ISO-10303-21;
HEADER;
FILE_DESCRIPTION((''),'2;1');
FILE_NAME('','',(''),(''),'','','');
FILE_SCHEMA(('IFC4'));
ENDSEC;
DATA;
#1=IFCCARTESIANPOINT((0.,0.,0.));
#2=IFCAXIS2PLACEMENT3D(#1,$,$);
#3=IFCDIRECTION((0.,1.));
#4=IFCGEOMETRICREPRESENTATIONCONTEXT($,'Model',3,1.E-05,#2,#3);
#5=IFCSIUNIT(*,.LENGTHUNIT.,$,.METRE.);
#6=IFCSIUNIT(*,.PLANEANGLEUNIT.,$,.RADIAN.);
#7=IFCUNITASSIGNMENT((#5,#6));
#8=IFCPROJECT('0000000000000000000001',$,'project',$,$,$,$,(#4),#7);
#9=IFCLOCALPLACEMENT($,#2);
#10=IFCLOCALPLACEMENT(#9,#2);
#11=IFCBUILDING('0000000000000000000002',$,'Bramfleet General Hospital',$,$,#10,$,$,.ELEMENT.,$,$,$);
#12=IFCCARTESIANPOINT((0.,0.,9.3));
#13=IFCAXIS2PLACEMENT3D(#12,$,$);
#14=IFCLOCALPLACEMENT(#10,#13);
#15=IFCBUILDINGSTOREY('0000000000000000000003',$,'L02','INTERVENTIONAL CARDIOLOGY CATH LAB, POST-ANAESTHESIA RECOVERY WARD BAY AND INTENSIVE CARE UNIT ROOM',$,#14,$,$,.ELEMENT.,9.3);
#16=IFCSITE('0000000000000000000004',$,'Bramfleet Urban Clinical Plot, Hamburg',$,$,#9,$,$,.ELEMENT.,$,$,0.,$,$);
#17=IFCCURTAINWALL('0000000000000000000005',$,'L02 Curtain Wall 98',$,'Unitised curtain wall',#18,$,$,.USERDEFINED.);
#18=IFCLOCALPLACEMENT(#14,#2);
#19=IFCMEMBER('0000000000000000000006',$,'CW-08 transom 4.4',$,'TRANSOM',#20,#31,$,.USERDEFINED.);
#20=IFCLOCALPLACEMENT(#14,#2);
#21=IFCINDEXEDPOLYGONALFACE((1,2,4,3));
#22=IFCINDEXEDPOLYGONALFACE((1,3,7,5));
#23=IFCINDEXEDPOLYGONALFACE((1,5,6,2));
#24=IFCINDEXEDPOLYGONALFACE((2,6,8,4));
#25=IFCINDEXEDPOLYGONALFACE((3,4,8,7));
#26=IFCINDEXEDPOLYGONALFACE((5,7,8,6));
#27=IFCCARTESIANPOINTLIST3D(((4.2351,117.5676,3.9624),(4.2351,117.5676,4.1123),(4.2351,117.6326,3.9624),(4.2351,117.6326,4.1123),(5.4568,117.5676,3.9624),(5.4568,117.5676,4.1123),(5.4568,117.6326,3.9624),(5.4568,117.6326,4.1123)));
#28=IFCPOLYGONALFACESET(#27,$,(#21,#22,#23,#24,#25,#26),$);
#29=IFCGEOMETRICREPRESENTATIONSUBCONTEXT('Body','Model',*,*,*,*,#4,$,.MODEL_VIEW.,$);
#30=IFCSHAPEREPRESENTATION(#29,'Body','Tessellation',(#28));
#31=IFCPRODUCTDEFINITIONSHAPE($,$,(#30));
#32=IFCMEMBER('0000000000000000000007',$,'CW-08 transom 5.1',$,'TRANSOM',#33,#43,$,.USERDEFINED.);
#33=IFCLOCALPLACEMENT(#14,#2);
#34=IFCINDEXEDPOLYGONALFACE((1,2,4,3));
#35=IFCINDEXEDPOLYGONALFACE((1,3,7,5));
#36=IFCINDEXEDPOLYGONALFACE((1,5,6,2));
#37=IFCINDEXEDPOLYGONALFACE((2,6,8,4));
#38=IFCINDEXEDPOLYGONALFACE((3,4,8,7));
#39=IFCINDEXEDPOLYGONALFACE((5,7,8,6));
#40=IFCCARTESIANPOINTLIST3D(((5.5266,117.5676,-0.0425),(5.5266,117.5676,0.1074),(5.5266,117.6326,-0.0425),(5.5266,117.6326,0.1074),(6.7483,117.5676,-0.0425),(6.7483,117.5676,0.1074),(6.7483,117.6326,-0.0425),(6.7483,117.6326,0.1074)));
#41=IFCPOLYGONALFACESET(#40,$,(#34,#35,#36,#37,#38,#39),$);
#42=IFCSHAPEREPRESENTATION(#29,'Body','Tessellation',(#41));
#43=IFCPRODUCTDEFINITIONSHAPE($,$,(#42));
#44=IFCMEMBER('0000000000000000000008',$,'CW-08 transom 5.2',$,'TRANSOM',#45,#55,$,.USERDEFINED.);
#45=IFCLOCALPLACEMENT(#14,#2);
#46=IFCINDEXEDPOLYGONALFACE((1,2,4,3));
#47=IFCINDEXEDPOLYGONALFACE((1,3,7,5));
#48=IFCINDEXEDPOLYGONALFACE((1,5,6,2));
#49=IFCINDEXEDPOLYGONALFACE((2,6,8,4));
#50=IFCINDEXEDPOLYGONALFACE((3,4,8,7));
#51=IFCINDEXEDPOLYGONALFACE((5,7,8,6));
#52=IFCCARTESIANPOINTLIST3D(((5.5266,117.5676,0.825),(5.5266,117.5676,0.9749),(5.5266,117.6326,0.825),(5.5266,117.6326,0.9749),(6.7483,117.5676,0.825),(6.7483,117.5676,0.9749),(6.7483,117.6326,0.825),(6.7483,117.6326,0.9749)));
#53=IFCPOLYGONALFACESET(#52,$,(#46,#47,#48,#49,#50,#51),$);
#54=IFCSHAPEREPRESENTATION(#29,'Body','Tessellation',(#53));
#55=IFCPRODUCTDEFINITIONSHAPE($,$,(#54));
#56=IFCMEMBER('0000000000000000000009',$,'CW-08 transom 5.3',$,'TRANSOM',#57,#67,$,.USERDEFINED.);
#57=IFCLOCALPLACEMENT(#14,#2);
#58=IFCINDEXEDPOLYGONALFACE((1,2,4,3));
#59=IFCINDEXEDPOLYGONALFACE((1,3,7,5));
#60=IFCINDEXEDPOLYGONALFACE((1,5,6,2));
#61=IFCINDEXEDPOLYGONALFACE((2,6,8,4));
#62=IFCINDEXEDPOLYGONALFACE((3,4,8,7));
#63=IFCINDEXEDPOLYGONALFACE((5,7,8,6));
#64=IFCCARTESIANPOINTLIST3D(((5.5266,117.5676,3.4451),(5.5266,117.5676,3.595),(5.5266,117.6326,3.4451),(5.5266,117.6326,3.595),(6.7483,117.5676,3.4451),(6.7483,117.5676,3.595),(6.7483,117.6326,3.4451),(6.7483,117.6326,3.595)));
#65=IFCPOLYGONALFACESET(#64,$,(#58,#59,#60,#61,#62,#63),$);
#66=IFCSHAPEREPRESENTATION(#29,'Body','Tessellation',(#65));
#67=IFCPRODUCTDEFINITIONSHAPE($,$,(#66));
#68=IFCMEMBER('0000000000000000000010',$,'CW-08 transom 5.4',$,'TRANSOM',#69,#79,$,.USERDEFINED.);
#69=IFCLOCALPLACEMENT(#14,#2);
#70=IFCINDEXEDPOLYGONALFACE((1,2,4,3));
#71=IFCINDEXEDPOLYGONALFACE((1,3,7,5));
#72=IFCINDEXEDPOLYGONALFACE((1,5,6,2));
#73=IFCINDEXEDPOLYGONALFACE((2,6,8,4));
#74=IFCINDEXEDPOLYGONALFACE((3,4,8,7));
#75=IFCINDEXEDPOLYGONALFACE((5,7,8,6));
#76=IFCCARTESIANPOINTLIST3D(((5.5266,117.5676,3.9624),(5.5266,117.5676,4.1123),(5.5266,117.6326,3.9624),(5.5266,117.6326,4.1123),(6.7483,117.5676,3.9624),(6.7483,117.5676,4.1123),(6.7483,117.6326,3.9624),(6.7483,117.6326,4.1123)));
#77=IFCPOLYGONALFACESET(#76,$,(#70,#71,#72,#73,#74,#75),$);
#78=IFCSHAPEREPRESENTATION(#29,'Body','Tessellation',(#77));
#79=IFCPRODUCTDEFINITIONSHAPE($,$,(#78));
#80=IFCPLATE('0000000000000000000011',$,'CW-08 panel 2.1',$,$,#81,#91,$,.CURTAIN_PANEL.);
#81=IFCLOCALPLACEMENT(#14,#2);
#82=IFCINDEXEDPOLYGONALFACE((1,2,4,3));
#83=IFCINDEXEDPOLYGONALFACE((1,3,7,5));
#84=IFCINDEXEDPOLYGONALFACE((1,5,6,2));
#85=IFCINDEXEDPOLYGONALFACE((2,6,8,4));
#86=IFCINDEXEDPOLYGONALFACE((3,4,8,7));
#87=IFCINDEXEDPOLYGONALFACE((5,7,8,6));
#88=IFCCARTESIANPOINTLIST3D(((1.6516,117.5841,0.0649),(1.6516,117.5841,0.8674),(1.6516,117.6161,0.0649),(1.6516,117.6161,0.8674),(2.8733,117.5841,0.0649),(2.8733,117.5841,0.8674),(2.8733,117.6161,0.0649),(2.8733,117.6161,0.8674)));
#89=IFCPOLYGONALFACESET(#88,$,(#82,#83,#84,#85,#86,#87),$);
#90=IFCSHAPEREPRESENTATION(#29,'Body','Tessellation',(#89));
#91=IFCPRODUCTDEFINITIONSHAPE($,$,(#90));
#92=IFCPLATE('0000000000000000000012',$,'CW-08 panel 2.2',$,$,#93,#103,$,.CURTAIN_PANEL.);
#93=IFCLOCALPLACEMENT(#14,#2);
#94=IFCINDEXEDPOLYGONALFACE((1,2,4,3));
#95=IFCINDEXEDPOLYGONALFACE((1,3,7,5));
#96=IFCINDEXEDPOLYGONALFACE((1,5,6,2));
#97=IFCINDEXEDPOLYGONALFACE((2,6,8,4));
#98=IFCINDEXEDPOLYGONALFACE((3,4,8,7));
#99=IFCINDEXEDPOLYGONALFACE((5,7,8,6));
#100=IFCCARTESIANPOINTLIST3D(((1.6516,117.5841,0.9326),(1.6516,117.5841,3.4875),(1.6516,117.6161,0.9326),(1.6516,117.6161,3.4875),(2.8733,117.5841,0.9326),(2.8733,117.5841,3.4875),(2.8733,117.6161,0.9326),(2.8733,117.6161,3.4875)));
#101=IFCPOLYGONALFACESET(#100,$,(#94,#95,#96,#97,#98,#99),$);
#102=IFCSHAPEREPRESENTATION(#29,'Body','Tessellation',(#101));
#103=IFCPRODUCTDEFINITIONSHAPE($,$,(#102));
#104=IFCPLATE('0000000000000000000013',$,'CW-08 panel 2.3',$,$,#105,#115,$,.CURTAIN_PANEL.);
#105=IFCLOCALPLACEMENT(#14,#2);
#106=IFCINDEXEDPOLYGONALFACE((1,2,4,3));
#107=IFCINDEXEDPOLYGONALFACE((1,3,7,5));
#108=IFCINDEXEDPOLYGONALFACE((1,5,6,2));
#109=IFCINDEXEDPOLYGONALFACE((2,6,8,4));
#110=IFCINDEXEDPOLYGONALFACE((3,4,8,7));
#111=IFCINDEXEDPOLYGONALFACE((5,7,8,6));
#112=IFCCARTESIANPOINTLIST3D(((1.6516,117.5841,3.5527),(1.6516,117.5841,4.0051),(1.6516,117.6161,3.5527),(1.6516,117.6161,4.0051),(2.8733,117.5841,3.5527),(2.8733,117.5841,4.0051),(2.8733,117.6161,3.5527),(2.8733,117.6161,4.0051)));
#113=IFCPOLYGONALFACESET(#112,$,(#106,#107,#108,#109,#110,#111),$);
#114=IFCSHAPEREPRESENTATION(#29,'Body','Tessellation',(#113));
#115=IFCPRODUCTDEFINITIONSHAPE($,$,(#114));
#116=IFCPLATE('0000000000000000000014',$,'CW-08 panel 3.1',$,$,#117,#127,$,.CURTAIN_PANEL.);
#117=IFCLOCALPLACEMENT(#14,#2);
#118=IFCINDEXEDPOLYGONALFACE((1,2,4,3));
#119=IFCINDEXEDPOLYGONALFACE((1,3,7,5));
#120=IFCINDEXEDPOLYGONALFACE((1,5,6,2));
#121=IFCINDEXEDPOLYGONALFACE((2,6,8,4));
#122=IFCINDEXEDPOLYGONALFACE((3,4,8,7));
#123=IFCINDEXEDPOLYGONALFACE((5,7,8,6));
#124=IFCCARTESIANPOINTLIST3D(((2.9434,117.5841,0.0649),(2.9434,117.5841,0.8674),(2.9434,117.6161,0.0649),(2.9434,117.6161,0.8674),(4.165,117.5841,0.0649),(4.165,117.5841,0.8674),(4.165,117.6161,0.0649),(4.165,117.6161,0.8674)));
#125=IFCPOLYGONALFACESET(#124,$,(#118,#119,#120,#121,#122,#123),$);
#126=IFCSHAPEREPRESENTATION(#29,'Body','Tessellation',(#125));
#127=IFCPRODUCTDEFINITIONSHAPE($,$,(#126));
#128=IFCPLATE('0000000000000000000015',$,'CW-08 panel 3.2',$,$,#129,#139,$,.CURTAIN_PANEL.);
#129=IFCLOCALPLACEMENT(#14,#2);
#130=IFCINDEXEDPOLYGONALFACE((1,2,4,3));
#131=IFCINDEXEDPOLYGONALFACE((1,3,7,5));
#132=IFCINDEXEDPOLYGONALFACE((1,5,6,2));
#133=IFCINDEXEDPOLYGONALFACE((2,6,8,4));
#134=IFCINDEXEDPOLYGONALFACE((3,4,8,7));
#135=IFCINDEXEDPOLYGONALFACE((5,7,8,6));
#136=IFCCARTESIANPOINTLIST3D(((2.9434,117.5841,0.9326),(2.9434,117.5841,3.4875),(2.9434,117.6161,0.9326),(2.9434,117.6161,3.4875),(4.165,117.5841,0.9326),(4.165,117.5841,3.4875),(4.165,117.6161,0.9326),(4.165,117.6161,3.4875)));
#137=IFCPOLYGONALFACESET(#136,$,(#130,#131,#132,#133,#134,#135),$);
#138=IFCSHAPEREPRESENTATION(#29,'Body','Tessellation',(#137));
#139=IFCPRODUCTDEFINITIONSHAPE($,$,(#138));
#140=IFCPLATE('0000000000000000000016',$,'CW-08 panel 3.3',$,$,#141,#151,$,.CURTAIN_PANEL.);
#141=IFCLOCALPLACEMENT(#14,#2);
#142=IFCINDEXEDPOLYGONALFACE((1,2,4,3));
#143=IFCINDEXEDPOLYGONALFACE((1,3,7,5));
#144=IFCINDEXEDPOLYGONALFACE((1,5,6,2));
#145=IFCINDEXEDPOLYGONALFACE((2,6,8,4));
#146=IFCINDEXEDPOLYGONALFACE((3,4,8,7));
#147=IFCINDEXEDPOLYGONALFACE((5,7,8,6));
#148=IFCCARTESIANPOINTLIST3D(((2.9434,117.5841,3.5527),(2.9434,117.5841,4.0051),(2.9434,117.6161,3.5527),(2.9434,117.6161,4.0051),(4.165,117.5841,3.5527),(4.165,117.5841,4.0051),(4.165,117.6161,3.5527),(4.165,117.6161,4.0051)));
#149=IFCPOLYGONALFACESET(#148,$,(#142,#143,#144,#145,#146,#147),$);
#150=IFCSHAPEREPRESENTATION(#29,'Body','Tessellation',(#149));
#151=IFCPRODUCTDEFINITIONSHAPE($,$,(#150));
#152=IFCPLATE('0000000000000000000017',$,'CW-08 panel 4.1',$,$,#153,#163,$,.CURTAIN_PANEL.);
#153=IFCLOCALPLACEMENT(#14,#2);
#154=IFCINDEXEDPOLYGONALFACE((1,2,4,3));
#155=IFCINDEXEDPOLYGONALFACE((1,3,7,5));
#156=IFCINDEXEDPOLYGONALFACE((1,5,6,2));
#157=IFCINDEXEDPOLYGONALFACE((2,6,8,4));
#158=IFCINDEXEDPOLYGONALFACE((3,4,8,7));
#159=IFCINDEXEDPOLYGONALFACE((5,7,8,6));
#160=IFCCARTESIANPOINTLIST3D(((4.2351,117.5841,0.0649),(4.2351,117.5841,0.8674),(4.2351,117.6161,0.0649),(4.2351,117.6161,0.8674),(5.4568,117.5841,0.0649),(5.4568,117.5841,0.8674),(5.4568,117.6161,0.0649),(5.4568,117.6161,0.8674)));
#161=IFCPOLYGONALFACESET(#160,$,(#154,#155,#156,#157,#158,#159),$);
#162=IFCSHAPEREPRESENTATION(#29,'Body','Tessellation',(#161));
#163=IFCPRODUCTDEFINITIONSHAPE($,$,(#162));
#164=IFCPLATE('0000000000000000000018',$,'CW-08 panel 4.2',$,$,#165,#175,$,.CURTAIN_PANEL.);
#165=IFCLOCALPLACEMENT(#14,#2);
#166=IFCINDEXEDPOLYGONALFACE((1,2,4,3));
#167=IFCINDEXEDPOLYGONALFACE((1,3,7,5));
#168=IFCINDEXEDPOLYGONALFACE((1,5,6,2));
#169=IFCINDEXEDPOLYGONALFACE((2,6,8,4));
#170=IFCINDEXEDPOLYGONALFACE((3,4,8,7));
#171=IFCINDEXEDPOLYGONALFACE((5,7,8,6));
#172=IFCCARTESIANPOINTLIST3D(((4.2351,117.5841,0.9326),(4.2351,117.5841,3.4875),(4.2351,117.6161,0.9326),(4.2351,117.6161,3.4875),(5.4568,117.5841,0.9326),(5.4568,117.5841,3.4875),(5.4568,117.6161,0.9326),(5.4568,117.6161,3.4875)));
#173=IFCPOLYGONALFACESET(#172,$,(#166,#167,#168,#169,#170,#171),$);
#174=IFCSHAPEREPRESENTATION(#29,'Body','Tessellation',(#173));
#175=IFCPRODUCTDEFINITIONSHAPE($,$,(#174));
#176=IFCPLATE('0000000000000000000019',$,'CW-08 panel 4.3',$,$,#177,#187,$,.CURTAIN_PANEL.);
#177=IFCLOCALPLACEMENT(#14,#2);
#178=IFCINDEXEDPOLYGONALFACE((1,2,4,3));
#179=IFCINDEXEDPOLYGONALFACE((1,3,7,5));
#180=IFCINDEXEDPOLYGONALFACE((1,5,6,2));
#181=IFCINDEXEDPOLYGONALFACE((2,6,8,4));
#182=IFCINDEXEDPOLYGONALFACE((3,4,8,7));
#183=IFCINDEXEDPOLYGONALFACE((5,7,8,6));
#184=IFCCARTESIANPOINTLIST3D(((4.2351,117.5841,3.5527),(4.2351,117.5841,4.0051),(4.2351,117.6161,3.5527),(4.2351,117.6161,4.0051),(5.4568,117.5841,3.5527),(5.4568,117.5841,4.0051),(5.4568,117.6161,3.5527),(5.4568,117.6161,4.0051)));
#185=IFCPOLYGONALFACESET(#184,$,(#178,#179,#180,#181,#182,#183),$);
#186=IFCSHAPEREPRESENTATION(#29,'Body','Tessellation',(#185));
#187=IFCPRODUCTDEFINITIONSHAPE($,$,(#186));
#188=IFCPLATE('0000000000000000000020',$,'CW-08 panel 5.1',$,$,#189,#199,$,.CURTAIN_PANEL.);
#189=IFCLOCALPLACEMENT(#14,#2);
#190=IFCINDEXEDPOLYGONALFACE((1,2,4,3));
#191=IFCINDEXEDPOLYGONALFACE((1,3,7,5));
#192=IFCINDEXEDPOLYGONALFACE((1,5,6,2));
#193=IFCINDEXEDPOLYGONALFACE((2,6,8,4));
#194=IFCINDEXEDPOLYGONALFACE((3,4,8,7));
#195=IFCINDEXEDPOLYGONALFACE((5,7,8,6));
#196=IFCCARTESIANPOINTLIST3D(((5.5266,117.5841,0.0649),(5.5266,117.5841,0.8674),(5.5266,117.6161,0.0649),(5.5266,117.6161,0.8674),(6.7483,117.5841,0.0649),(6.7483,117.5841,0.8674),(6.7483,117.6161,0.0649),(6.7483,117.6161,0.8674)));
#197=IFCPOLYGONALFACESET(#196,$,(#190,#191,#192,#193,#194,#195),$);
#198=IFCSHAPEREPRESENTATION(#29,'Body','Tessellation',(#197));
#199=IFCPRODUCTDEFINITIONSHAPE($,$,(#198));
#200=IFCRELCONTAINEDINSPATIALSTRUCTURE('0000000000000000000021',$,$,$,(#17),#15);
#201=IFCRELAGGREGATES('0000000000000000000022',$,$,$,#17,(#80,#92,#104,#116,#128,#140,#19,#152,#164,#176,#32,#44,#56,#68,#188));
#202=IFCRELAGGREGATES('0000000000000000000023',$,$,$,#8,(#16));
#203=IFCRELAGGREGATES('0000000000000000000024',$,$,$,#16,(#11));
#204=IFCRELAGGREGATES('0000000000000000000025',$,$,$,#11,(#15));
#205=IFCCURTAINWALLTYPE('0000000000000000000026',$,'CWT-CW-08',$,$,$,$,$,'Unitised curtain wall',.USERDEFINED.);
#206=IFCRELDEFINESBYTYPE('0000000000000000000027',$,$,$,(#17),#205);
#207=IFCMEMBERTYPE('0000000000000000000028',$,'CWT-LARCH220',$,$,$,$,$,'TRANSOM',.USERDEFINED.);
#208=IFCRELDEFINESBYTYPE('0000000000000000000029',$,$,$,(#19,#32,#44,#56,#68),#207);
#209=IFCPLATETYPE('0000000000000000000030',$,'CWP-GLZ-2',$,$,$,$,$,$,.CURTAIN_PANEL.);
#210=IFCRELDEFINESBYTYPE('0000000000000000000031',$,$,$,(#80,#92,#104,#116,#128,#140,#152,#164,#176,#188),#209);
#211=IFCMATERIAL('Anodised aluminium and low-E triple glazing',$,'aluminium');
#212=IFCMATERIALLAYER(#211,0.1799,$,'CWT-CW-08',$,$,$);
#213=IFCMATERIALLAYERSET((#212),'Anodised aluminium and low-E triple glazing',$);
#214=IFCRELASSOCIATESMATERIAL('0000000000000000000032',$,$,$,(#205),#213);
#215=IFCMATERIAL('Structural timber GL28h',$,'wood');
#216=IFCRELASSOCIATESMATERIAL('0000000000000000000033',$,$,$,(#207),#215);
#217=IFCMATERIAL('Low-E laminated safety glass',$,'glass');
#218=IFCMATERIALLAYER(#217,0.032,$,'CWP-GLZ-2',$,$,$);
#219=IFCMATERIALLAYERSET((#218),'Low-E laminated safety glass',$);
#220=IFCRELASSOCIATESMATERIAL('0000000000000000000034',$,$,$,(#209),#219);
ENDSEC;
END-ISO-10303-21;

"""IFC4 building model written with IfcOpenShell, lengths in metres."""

from ifc_helpers import new_model, si_unit, direction, frame, origin, origin_2d, place, context, subcontext, project, spatial, rectangle, extrude, material, layer, layer_set, material_profile, profile_set, type_object, element, aggregate, save


model = new_model("IFC4")

# Units and contexts
model_context = context("Model", 3, precision=1e-05, world=origin(), true_north=direction((0.0, 1.0)))
body_context = subcontext(model_context, "Body", "Model", "MODEL_VIEW")
ifc_project = project(units=[si_unit("LENGTHUNIT", "METRE"), si_unit("PLANEANGLEUNIT", "RADIAN")], contexts=[model_context])

# Site, building, storey
site_placement = place(None, origin())
site = spatial("IfcSite", under=ifc_project, at=site_placement, Name="Bramfleet Urban Clinical Plot, Hamburg", CompositionType="ELEMENT", RefElevation=0.0)
building_placement = place(site_placement, origin())
building = spatial("IfcBuilding", under=site, at=building_placement, Name="Bramfleet General Hospital", CompositionType="ELEMENT")
storey_placement = place(building_placement, frame((0.0, 0.0, 9.3)))
storey = spatial("IfcBuildingStorey", under=building, at=storey_placement, Name="L02", Description="INTERVENTIONAL CARDIOLOGY CATH LAB, POST-ANAESTHESIA RECOVERY WARD BAY AND INTENSIVE CARE UNIT ROOM", CompositionType="ELEMENT", Elevation=9.3)

# Curtain wall, members, plates
ifc_material_1 = material(Name="Anodised aluminium and low-E triple glazing", Category="aluminium")
ifc_layer_1 = layer(ifc_material_1, 0.1799, Name="CWT-CW-08")
ifc_layer_set_1 = layer_set([ifc_layer_1], Name="Anodised aluminium and low-E triple glazing")
curtain_wall_type = type_object("IfcCurtainWallType", Name="CWT-CW-08", ElementType="Unitised curtain wall", PredefinedType="USERDEFINED", material=ifc_layer_set_1)
curtain_wall_placement = place(storey_placement, origin())
curtain_wall = element("IfcCurtainWall", 1, at=curtain_wall_placement, inside=storey, type_object=curtain_wall_type, Name="L02 Curtain Wall 98", ObjectType="Unitised curtain wall", PredefinedType="USERDEFINED")
ifc_material_2 = material(Name="Structural timber GL28h", Category="wood")
ifc_material_profile_1 = material_profile(ifc_material_2, rectangle(XDim=0.0649, YDim=0.1499, at=origin_2d()), Name="LARCH 150x65")
ifc_profile_set_1 = profile_set([ifc_material_profile_1], Name="Structural timber GL28h")
member_type_1 = type_object("IfcMemberType", Name="CWT-LARCH220", ElementType="TRANSOM", PredefinedType="USERDEFINED", material=ifc_profile_set_1)
member_1_placement = place(storey_placement, frame((4.2351, 117.6001, 4.0374), z_axis=(1.0, 0.0, 0.0), x_axis=(0.0, 1.0, 0.0)))
member_1 = element("IfcMember", 2, at=member_1_placement, type_object=member_type_1, Name="CW-08 transom 4.4", ObjectType="TRANSOM", PredefinedType="USERDEFINED", context=body_context, shape_type="SweptSolid", body=[
    extrude(rectangle(XDim=0.0649, YDim=0.1499, at=origin_2d()), origin(), (0.0, 0.0, 1.0), 1.2217),
])
member_2_placement = place(storey_placement, frame((5.5266, 117.6001, 0.0325), z_axis=(1.0, 0.0, 0.0), x_axis=(0.0, 1.0, 0.0)))
member_2 = element("IfcMember", 3, at=member_2_placement, type_object=member_type_1, Name="CW-08 transom 5.1", ObjectType="TRANSOM", PredefinedType="USERDEFINED", context=body_context, shape_type="SweptSolid", body=[
    extrude(rectangle(XDim=0.0649, YDim=0.1499, at=origin_2d()), origin(), (0.0, 0.0, 1.0), 1.2217),
])
member_3_placement = place(storey_placement, frame((5.5266, 117.6001, 0.8999), z_axis=(1.0, 0.0, 0.0), x_axis=(0.0, 1.0, 0.0)))
member_3 = element("IfcMember", 4, at=member_3_placement, type_object=member_type_1, Name="CW-08 transom 5.2", ObjectType="TRANSOM", PredefinedType="USERDEFINED", context=body_context, shape_type="SweptSolid", body=[
    extrude(rectangle(XDim=0.0649, YDim=0.1499, at=origin_2d()), origin(), (0.0, 0.0, 1.0), 1.2217),
])
member_4_placement = place(storey_placement, frame((5.5266, 117.6001, 3.52), z_axis=(1.0, 0.0, 0.0), x_axis=(0.0, 1.0, 0.0)))
member_4 = element("IfcMember", 5, at=member_4_placement, type_object=member_type_1, Name="CW-08 transom 5.3", ObjectType="TRANSOM", PredefinedType="USERDEFINED", context=body_context, shape_type="SweptSolid", body=[
    extrude(rectangle(XDim=0.0649, YDim=0.1499, at=origin_2d()), origin(), (0.0, 0.0, 1.0), 1.2217),
])
member_5_placement = place(storey_placement, frame((5.5266, 117.6001, 4.0374), z_axis=(1.0, 0.0, 0.0), x_axis=(0.0, 1.0, 0.0)))
member_5 = element("IfcMember", 6, at=member_5_placement, type_object=member_type_1, Name="CW-08 transom 5.4", ObjectType="TRANSOM", PredefinedType="USERDEFINED", context=body_context, shape_type="SweptSolid", body=[
    extrude(rectangle(XDim=0.0649, YDim=0.1499, at=origin_2d()), origin(), (0.0, 0.0, 1.0), 1.2217),
])
ifc_material_3 = material(Name="Low-E laminated safety glass", Category="glass")
ifc_layer_2 = layer(ifc_material_3, 0.032, Name="CWP-GLZ-2")
ifc_layer_set_2 = layer_set([ifc_layer_2], Name="Low-E laminated safety glass")
plate_type = type_object("IfcPlateType", Name="CWP-GLZ-2", PredefinedType="CURTAIN_PANEL", material=ifc_layer_set_2)
plate_1_placement = place(storey_placement, frame((2.2625, 117.6001, 0.0649), z_axis=(0.0, 0.0, 1.0), x_axis=(1.0, 0.0, 0.0)))
plate_1 = element("IfcPlate", 7, at=plate_1_placement, type_object=plate_type, Name="CW-08 panel 2.1", PredefinedType="CURTAIN_PANEL", context=body_context, shape_type="SweptSolid", body=[
    extrude(rectangle(XDim=1.2217, YDim=0.032, at=origin_2d()), origin(), (0.0, 0.0, 1.0), 0.8025),
])
plate_2_placement = place(storey_placement, frame((2.2625, 117.6001, 0.9326), z_axis=(0.0, 0.0, 1.0), x_axis=(1.0, 0.0, 0.0)))
plate_2 = element("IfcPlate", 8, at=plate_2_placement, type_object=plate_type, Name="CW-08 panel 2.2", PredefinedType="CURTAIN_PANEL", context=body_context, shape_type="SweptSolid", body=[
    extrude(rectangle(XDim=1.2217, YDim=0.032, at=origin_2d()), origin(), (0.0, 0.0, 1.0), 2.5549),
])
plate_3_placement = place(storey_placement, frame((2.2625, 117.6001, 3.5527), z_axis=(0.0, 0.0, 1.0), x_axis=(1.0, 0.0, 0.0)))
plate_3 = element("IfcPlate", 9, at=plate_3_placement, type_object=plate_type, Name="CW-08 panel 2.3", PredefinedType="CURTAIN_PANEL", context=body_context, shape_type="SweptSolid", body=[
    extrude(rectangle(XDim=1.2217, YDim=0.032, at=origin_2d()), origin(), (0.0, 0.0, 1.0), 0.4524),
])
plate_4_placement = place(storey_placement, frame((3.5542, 117.6001, 0.0649), z_axis=(0.0, 0.0, 1.0), x_axis=(1.0, 0.0, 0.0)))
plate_4 = element("IfcPlate", 10, at=plate_4_placement, type_object=plate_type, Name="CW-08 panel 3.1", PredefinedType="CURTAIN_PANEL", context=body_context, shape_type="SweptSolid", body=[
    extrude(rectangle(XDim=1.2217, YDim=0.032, at=origin_2d()), origin(), (0.0, 0.0, 1.0), 0.8025),
])
plate_5_placement = place(storey_placement, frame((3.5542, 117.6001, 0.9326), z_axis=(0.0, 0.0, 1.0), x_axis=(1.0, 0.0, 0.0)))
plate_5 = element("IfcPlate", 11, at=plate_5_placement, type_object=plate_type, Name="CW-08 panel 3.2", PredefinedType="CURTAIN_PANEL", context=body_context, shape_type="SweptSolid", body=[
    extrude(rectangle(XDim=1.2217, YDim=0.032, at=origin_2d()), origin(), (0.0, 0.0, 1.0), 2.5549),
])
plate_6_placement = place(storey_placement, frame((3.5542, 117.6001, 3.5527), z_axis=(0.0, 0.0, 1.0), x_axis=(1.0, 0.0, 0.0)))
plate_6 = element("IfcPlate", 12, at=plate_6_placement, type_object=plate_type, Name="CW-08 panel 3.3", PredefinedType="CURTAIN_PANEL", context=body_context, shape_type="SweptSolid", body=[
    extrude(rectangle(XDim=1.2217, YDim=0.032, at=origin_2d()), origin(), (0.0, 0.0, 1.0), 0.4524),
])
plate_7_placement = place(storey_placement, frame((4.8459, 117.6001, 0.0649), z_axis=(0.0, 0.0, 1.0), x_axis=(1.0, 0.0, 0.0)))
plate_7 = element("IfcPlate", 13, at=plate_7_placement, type_object=plate_type, Name="CW-08 panel 4.1", PredefinedType="CURTAIN_PANEL", context=body_context, shape_type="SweptSolid", body=[
    extrude(rectangle(XDim=1.2217, YDim=0.032, at=origin_2d()), origin(), (0.0, 0.0, 1.0), 0.8025),
])
plate_8_placement = place(storey_placement, frame((4.8459, 117.6001, 0.9326), z_axis=(0.0, 0.0, 1.0), x_axis=(1.0, 0.0, 0.0)))
plate_8 = element("IfcPlate", 14, at=plate_8_placement, type_object=plate_type, Name="CW-08 panel 4.2", PredefinedType="CURTAIN_PANEL", context=body_context, shape_type="SweptSolid", body=[
    extrude(rectangle(XDim=1.2217, YDim=0.032, at=origin_2d()), origin(), (0.0, 0.0, 1.0), 2.5549),
])
plate_9_placement = place(storey_placement, frame((4.8459, 117.6001, 3.5527), z_axis=(0.0, 0.0, 1.0), x_axis=(1.0, 0.0, 0.0)))
plate_9 = element("IfcPlate", 15, at=plate_9_placement, type_object=plate_type, Name="CW-08 panel 4.3", PredefinedType="CURTAIN_PANEL", context=body_context, shape_type="SweptSolid", body=[
    extrude(rectangle(XDim=1.2217, YDim=0.032, at=origin_2d()), origin(), (0.0, 0.0, 1.0), 0.4524),
])
plate_10_placement = place(storey_placement, frame((6.1375, 117.6001, 0.0649), z_axis=(0.0, 0.0, 1.0), x_axis=(1.0, 0.0, 0.0)))
plate_10 = element("IfcPlate", 16, at=plate_10_placement, type_object=plate_type, Name="CW-08 panel 5.1", PredefinedType="CURTAIN_PANEL", context=body_context, shape_type="SweptSolid", body=[
    extrude(rectangle(XDim=1.2217, YDim=0.032, at=origin_2d()), origin(), (0.0, 0.0, 1.0), 0.8025),
])
aggregate(curtain_wall, [plate_1, plate_2, plate_3, plate_4, plate_5, plate_6, member_1, plate_7, plate_8, plate_9, member_2, member_3, member_4, member_5, plate_10])

save(model, "model.ifc")
